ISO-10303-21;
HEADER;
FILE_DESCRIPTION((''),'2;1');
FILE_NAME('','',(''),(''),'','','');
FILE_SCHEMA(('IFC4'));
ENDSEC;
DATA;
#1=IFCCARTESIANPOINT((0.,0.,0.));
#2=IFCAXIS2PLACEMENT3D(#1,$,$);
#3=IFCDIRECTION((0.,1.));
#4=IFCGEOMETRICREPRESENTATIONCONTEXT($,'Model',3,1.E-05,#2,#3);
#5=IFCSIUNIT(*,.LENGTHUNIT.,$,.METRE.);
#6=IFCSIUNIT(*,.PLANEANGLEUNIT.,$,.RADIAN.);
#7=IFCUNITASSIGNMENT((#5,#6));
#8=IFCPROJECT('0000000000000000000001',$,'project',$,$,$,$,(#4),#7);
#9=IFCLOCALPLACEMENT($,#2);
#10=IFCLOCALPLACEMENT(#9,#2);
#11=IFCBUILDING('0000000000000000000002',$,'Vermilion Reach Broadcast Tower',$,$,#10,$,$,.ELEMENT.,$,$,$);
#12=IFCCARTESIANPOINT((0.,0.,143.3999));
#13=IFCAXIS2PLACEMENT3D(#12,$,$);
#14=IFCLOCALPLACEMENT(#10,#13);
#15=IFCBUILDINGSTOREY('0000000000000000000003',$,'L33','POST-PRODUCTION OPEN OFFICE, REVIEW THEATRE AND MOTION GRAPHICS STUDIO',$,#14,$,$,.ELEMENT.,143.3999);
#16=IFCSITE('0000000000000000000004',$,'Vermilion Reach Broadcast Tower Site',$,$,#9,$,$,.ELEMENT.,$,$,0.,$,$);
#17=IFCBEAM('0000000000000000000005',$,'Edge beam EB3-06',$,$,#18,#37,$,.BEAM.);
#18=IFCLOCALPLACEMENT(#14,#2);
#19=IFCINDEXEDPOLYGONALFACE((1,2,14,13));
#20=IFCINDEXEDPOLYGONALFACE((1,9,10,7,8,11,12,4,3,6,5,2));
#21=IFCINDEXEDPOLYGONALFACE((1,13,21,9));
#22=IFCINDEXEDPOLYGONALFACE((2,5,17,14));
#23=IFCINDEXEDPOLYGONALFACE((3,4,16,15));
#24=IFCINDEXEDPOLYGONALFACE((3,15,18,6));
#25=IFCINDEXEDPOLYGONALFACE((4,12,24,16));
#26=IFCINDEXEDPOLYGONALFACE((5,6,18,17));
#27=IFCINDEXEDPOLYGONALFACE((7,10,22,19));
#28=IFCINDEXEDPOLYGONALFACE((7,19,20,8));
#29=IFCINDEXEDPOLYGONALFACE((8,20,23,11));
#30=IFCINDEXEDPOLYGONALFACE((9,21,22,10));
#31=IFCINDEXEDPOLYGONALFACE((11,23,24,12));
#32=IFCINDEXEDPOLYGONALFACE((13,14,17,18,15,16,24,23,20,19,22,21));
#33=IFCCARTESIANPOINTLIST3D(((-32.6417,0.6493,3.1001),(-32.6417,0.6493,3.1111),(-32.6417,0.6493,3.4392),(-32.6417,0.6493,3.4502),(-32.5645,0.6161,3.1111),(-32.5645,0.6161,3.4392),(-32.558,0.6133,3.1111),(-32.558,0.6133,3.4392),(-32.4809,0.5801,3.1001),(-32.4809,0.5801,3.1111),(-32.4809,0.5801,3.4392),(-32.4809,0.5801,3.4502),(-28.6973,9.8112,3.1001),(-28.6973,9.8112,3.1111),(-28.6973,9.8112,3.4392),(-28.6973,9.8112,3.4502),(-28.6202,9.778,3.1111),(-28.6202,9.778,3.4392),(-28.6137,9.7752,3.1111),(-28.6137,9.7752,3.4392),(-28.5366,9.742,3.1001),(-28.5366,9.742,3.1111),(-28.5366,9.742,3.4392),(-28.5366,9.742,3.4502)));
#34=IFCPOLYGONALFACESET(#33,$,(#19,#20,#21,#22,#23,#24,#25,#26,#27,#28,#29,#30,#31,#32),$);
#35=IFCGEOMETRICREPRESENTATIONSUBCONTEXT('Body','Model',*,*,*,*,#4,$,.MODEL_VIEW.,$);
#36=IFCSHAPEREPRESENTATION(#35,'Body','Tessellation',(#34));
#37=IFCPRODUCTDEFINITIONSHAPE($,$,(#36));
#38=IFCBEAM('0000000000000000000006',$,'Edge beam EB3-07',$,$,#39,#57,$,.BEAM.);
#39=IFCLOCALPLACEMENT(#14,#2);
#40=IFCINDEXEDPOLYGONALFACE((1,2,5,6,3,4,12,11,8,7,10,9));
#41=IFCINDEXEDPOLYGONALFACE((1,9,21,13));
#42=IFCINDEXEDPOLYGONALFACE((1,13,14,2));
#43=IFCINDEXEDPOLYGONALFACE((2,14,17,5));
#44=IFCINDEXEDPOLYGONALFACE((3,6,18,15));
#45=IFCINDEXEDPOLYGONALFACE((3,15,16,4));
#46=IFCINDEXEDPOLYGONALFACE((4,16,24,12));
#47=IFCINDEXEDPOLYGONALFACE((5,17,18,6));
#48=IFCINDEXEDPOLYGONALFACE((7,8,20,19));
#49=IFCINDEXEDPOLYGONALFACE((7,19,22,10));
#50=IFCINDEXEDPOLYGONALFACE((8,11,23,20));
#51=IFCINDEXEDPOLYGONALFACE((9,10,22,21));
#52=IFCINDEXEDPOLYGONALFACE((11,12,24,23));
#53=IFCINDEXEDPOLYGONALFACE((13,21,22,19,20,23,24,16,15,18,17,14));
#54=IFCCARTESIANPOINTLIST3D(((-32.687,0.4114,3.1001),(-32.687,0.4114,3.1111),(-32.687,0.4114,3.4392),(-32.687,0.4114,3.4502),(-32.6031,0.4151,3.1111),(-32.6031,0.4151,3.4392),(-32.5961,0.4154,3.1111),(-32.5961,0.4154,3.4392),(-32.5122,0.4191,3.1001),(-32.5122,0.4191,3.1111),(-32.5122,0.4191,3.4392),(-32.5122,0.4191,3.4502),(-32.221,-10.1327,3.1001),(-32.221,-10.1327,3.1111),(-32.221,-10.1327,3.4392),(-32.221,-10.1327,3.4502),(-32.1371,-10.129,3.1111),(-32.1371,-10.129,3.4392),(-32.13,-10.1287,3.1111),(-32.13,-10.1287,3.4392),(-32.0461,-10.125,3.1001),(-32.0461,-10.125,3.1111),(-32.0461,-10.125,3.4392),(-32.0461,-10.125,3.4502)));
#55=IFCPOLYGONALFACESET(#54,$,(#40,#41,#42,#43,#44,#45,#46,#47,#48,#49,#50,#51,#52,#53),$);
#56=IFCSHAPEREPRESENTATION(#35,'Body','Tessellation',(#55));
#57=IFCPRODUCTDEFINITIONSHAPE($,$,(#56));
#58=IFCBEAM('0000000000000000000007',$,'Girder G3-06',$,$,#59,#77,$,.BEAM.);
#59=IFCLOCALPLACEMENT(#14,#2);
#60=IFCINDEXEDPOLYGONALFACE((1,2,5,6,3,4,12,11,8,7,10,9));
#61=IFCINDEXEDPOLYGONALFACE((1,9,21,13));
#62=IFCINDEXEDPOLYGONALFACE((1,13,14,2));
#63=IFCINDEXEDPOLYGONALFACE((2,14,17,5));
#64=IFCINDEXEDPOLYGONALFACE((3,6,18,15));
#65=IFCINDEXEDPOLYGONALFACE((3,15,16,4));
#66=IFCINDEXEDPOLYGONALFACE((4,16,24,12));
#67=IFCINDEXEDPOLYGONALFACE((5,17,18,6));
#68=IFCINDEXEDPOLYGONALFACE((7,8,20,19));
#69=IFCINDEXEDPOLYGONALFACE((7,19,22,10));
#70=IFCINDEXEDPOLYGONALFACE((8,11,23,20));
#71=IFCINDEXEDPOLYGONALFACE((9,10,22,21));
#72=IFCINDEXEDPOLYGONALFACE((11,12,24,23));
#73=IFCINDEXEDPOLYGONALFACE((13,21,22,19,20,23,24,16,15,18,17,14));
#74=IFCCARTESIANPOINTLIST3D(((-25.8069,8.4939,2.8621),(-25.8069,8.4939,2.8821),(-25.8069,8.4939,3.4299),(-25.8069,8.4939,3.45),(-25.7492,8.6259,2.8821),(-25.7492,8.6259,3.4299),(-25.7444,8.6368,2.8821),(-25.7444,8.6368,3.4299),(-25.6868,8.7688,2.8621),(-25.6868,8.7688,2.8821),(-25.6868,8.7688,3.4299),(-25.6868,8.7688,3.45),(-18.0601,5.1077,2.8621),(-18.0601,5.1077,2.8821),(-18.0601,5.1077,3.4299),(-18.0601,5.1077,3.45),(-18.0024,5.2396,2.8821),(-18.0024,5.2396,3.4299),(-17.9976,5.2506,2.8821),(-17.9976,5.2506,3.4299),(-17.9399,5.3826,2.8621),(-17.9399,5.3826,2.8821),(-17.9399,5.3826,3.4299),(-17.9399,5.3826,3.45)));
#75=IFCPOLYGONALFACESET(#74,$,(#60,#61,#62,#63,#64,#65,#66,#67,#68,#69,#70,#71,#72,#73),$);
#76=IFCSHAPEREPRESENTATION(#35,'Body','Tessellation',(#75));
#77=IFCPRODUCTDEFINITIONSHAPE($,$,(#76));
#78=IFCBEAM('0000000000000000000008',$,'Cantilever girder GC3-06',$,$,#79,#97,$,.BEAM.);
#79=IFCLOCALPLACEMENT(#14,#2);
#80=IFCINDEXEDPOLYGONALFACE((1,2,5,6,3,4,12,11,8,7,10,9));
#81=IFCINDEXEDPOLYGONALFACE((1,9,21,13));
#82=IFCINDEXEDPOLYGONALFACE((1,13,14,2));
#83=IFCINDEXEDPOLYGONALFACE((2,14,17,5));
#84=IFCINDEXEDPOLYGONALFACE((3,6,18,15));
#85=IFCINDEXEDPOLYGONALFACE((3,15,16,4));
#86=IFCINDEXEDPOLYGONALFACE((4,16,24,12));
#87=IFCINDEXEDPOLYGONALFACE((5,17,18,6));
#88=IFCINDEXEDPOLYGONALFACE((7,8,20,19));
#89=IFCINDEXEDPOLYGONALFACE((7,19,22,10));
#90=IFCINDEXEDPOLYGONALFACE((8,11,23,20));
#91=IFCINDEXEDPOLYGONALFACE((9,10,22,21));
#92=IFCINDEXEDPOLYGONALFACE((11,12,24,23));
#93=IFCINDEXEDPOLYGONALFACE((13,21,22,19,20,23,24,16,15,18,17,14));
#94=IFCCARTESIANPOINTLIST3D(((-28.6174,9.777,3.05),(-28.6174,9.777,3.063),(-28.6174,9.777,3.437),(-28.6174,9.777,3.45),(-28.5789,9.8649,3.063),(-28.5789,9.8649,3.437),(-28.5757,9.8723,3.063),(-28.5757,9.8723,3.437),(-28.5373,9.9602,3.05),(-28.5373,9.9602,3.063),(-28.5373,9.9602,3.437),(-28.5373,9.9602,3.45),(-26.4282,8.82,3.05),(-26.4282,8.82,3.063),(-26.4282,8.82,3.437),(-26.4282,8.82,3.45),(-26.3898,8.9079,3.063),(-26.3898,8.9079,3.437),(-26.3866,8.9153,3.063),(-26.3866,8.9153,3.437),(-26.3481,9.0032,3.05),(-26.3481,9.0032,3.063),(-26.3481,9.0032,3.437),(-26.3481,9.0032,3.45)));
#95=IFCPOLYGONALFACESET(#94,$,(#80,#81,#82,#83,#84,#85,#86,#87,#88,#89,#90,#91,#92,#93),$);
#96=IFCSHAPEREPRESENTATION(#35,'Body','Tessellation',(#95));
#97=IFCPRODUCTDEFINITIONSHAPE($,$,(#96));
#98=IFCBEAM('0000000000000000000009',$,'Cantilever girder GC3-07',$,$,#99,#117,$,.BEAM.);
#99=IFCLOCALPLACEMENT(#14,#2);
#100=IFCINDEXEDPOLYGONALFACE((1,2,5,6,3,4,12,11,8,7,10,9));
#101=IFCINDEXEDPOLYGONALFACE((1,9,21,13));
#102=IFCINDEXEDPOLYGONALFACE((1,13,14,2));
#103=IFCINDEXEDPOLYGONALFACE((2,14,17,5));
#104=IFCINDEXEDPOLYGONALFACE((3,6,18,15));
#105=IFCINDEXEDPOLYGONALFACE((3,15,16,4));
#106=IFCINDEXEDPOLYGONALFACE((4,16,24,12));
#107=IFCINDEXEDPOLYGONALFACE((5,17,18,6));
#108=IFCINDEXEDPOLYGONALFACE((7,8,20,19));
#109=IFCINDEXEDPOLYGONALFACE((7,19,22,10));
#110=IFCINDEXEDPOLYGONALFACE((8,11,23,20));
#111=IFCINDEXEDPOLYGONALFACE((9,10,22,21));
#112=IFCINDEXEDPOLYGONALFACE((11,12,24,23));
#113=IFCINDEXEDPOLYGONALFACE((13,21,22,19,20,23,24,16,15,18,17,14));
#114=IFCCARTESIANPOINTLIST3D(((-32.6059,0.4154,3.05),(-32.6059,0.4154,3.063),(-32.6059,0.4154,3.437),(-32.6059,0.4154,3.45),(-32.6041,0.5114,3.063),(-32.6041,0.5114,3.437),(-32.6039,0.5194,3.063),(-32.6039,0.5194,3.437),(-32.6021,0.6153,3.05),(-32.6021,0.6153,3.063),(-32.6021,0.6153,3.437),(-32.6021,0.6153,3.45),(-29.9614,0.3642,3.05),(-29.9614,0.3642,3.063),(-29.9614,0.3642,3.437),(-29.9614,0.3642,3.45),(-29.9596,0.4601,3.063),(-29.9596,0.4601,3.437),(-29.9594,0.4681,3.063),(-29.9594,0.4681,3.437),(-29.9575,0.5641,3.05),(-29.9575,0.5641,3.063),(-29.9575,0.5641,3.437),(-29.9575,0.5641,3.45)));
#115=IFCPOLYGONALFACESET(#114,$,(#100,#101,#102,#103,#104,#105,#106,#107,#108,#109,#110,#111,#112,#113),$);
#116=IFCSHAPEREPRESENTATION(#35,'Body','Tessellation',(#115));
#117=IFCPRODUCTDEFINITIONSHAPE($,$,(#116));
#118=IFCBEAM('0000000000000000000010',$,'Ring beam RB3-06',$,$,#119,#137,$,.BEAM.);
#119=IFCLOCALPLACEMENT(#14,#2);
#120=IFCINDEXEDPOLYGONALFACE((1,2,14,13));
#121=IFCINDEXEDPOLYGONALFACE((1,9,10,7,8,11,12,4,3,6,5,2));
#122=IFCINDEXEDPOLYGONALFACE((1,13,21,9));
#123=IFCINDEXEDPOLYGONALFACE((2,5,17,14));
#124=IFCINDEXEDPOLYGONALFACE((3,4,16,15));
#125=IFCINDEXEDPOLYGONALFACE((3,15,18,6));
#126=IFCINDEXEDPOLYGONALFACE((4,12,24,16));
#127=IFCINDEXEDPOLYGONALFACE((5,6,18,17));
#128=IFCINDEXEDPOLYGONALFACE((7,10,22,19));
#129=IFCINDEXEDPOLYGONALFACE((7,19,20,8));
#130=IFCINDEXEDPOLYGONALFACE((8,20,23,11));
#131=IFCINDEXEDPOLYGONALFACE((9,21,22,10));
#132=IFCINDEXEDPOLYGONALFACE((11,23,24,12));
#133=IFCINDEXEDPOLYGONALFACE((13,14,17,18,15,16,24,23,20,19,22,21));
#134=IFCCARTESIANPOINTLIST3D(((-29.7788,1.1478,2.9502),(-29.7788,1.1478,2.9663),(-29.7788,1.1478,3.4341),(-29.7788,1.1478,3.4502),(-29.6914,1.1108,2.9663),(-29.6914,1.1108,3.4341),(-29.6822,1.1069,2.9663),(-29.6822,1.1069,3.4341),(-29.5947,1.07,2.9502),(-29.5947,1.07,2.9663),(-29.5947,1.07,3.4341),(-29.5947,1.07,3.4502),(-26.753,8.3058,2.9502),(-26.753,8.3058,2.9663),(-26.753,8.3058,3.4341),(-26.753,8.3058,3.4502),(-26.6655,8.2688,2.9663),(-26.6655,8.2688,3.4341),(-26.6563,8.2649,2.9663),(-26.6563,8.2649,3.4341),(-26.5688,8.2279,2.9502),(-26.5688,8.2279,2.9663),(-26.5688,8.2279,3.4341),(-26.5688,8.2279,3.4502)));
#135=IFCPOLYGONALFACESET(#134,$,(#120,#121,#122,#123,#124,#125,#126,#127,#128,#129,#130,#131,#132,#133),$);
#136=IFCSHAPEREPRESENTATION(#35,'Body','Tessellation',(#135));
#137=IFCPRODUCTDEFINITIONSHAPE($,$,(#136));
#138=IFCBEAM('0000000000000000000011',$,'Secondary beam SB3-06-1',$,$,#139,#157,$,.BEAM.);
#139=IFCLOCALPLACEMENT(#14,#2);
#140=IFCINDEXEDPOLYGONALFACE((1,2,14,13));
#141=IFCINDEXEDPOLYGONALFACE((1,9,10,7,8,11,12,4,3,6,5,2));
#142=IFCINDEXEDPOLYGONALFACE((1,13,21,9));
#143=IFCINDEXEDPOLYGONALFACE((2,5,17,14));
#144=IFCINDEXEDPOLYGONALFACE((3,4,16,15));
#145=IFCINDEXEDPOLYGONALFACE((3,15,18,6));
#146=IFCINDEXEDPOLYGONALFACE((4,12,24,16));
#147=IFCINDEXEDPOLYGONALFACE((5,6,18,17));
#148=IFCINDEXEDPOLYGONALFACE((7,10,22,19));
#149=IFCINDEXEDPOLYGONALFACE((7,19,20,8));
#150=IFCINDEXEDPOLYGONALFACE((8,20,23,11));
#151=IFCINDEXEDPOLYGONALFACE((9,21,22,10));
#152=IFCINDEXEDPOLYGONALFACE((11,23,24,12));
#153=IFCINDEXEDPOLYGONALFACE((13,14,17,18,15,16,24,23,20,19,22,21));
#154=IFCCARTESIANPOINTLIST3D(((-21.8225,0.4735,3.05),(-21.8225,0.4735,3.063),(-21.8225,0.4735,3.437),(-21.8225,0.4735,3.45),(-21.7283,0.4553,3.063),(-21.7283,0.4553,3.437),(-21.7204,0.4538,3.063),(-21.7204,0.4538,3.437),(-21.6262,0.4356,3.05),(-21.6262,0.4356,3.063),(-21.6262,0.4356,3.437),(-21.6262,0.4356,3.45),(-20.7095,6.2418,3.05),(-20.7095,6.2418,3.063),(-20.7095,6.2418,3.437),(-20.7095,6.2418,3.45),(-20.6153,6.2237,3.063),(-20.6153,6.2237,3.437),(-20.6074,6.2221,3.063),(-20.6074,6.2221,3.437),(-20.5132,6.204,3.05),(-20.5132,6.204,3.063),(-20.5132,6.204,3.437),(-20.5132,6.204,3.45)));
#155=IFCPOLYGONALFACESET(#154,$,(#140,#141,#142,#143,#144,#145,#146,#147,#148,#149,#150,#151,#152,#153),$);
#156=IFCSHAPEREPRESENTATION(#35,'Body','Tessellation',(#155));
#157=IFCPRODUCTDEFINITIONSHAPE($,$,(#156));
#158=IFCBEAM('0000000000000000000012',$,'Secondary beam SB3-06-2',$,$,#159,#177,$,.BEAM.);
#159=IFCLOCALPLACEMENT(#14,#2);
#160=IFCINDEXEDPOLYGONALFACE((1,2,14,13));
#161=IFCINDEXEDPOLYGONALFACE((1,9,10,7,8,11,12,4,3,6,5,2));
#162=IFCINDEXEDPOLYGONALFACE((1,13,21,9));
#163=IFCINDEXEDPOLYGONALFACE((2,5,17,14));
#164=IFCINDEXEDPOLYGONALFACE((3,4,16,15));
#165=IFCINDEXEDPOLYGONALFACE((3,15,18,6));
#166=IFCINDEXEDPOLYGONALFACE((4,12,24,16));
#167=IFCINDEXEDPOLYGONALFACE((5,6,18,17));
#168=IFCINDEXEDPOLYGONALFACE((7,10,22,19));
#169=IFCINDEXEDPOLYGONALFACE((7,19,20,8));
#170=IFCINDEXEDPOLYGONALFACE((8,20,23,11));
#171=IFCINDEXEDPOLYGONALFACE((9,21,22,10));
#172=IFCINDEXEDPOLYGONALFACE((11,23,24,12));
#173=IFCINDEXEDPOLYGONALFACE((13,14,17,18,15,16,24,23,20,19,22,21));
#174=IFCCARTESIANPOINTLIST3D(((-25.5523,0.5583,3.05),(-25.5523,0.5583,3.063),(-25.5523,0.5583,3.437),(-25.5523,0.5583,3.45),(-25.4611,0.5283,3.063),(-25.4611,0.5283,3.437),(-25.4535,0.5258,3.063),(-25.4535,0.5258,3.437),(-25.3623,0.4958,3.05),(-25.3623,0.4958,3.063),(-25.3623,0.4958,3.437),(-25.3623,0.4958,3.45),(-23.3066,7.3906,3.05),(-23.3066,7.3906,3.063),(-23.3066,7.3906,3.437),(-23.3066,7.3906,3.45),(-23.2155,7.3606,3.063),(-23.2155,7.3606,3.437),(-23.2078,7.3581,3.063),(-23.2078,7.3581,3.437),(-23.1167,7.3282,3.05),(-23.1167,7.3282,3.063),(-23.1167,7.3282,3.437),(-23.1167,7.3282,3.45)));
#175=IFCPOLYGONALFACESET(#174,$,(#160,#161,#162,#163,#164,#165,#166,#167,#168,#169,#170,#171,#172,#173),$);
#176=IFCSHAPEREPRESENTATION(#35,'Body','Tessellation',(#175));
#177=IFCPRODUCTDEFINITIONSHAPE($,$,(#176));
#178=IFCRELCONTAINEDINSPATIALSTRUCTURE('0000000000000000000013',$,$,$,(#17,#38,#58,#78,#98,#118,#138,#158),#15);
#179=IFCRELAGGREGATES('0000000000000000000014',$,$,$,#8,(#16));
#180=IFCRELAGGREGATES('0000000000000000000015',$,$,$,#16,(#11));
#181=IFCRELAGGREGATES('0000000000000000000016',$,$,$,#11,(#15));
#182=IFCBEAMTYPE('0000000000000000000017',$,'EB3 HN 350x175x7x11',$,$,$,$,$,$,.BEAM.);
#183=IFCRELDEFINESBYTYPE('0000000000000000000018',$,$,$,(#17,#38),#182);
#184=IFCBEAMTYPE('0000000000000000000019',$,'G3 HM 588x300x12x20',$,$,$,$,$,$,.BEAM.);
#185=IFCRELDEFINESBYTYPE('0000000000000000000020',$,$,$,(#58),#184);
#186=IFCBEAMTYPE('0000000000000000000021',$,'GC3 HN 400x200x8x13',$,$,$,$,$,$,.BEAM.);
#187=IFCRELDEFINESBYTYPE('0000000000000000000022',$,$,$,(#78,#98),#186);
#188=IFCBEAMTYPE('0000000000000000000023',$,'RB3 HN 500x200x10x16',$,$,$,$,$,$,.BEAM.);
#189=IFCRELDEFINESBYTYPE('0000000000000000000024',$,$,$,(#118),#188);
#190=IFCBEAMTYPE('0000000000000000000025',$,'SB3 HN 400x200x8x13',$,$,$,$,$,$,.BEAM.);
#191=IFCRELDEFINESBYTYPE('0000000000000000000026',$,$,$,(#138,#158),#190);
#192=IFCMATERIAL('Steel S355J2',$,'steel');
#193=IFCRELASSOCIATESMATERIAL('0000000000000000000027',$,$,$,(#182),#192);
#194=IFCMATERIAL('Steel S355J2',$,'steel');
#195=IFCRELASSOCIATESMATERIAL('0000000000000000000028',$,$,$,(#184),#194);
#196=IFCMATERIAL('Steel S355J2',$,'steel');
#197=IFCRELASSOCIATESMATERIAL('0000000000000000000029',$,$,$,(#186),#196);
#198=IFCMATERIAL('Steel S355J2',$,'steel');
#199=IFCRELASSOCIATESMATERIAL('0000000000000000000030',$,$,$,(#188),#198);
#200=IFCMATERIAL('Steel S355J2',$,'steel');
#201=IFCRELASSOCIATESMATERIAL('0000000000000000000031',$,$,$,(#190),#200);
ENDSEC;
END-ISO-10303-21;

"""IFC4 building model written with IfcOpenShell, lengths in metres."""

from ifc_helpers import new_model, si_unit, direction, frame, origin, origin_2d, place, context, subcontext, project, spatial, i_section, extrude, material, material_profile, profile_set, type_object, element, save


model = new_model("IFC4")

# Units and contexts
model_context = context("Model", 3, precision=1e-05, world=origin(), true_north=direction((0.0, 1.0)))
body_context = subcontext(model_context, "Body", "Model", "MODEL_VIEW")
ifc_project = project(units=[si_unit("LENGTHUNIT", "METRE"), si_unit("PLANEANGLEUNIT", "RADIAN")], contexts=[model_context])

# Site, building, storey
site_placement = place(None, origin())
site = spatial("IfcSite", under=ifc_project, at=site_placement, Name="Vermilion Reach Broadcast Tower Site", CompositionType="ELEMENT", RefElevation=0.0)
building_placement = place(site_placement, origin())
building = spatial("IfcBuilding", under=site, at=building_placement, Name="Vermilion Reach Broadcast Tower", CompositionType="ELEMENT")
storey_placement = place(building_placement, frame((0.0, 0.0, 143.3999)))
storey = spatial("IfcBuildingStorey", under=building, at=storey_placement, Name="L33", Description="POST-PRODUCTION OPEN OFFICE, REVIEW THEATRE AND MOTION GRAPHICS STUDIO", CompositionType="ELEMENT", Elevation=143.3999)

# Beams
ifc_material_1 = material(Name="Steel S355J2", Category="steel")
ifc_material_profile_1 = material_profile(ifc_material_1, i_section(OverallWidth=0.175, OverallDepth=0.3501, WebThickness=0.0071, FlangeThickness=0.011, at=origin_2d()), Name="S355J2 HN 350x175x7x11")
ifc_profile_set_1 = profile_set([ifc_material_profile_1], Name="Steel S355J2")
beam_type_1 = type_object("IfcBeamType", Name="EB3 HN 350x175x7x11", PredefinedType="BEAM", material=ifc_profile_set_1)
beam_1_placement = place(storey_placement, frame((-28.6169, 9.7766, 3.2751), z_axis=(-0.395428, -0.918497, 0.0), x_axis=(0.918497, -0.395428, 0.0)))
element("IfcBeam", 1, at=beam_1_placement, inside=storey, type_object=beam_type_1, Name="Edge beam EB3-06", PredefinedType="BEAM", context=body_context, shape_type="SweptSolid", body=[
    extrude(i_section(OverallWidth=0.175, OverallDepth=0.3501, WebThickness=0.0071, FlangeThickness=0.011, at=origin_2d()), origin(), (0.0, 0.0, 1.0), 9.9749),
])
beam_2_placement = place(storey_placement, frame((-32.5996, 0.4153, 3.2751), z_axis=(0.044158, -0.999025, 0.0), x_axis=(0.999025, 0.044158, 0.0)))
element("IfcBeam", 2, at=beam_2_placement, inside=storey, type_object=beam_type_1, Name="Edge beam EB3-07", PredefinedType="BEAM", context=body_context, shape_type="SweptSolid", body=[
    extrude(i_section(OverallWidth=0.175, OverallDepth=0.3501, WebThickness=0.0071, FlangeThickness=0.011, at=origin_2d()), origin(), (0.0, 0.0, 1.0), 10.5544),
])
ifc_material_2 = material(Name="Steel S355J2", Category="steel")
ifc_material_profile_2 = material_profile(ifc_material_2, i_section(OverallWidth=0.3, OverallDepth=0.5879, WebThickness=0.012, FlangeThickness=0.02, at=origin_2d()), Name="S355J2 HM 588x300x12x20")
ifc_profile_set_2 = profile_set([ifc_material_profile_2], Name="Steel S355J2")
beam_type_2 = type_object("IfcBeamType", Name="G3 HM 588x300x12x20", PredefinedType="BEAM", material=ifc_profile_set_2)
beam_3_placement = place(storey_placement, frame((-18.0, 5.2451, 3.156), z_axis=(-0.916288, 0.40052, 0.0), x_axis=(-0.40052, -0.916288, 0.0)))
element("IfcBeam", 3, at=beam_3_placement, inside=storey, type_object=beam_type_2, Name="Girder G3-06", PredefinedType="BEAM", context=body_context, shape_type="SweptSolid", body=[
    extrude(i_section(OverallWidth=0.3, OverallDepth=0.5879, WebThickness=0.012, FlangeThickness=0.02, at=origin_2d()), origin(), (0.0, 0.0, 1.0), 8.4546),
])
ifc_material_3 = material(Name="Steel S355J2", Category="steel")
ifc_material_profile_3 = material_profile(ifc_material_3, i_section(OverallWidth=0.2, OverallDepth=0.3999, WebThickness=0.0081, FlangeThickness=0.0129, at=origin_2d()), Name="S355J2 HN 400x200x8x13")
ifc_profile_set_3 = profile_set([ifc_material_profile_3], Name="Steel S355J2")
beam_type_3 = type_object("IfcBeamType", Name="GC3 HN 400x200x8x13", PredefinedType="BEAM", material=ifc_profile_set_3)
beam_4_placement = place(storey_placement, frame((-26.3882, 8.9116, 3.25), z_axis=(-0.916272, 0.400556, 0.0), x_axis=(-0.400556, -0.916272, 0.0)))
element("IfcBeam", 4, at=beam_4_placement, inside=storey, type_object=beam_type_3, Name="Cantilever girder GC3-06", PredefinedType="BEAM", context=body_context, shape_type="SweptSolid", body=[
    extrude(i_section(OverallWidth=0.2, OverallDepth=0.3999, WebThickness=0.0081, FlangeThickness=0.0129, at=origin_2d()), origin(), (0.0, 0.0, 1.0), 2.3892),
])
beam_5_placement = place(storey_placement, frame((-29.9595, 0.4641, 3.25), z_axis=(-0.999812, 0.019383, 0.0), x_axis=(-0.019383, -0.999812, 0.0)))
element("IfcBeam", 5, at=beam_5_placement, inside=storey, type_object=beam_type_3, Name="Cantilever girder GC3-07", PredefinedType="BEAM", context=body_context, shape_type="SweptSolid", body=[
    extrude(i_section(OverallWidth=0.2, OverallDepth=0.3999, WebThickness=0.0081, FlangeThickness=0.0129, at=origin_2d()), origin(), (0.0, 0.0, 1.0), 2.645),
])
ifc_material_4 = material(Name="Steel S355J2", Category="steel")
ifc_material_profile_4 = material_profile(ifc_material_4, i_section(OverallWidth=0.2, OverallDepth=0.5, WebThickness=0.01, FlangeThickness=0.0161, at=origin_2d()), Name="S355J2 HN 500x200x10x16")
ifc_profile_set_4 = profile_set([ifc_material_profile_4], Name="Steel S355J2")
beam_type_4 = type_object("IfcBeamType", Name="RB3 HN 500x200x10x16", PredefinedType="BEAM", material=ifc_profile_set_4)
beam_6_placement = place(storey_placement, frame((-26.6609, 8.2668, 3.2002), z_axis=(-0.389368, -0.921082, 0.0), x_axis=(0.921082, -0.389368, 0.0)))
element("IfcBeam", 6, at=beam_6_placement, inside=storey, type_object=beam_type_4, Name="Ring beam RB3-06", PredefinedType="BEAM", context=body_context, shape_type="SweptSolid", body=[
    extrude(i_section(OverallWidth=0.2, OverallDepth=0.5, WebThickness=0.01, FlangeThickness=0.0161, at=origin_2d()), origin(), (0.0, 0.0, 1.0), 7.7712),
])
ifc_material_5 = material(Name="Steel S355J2", Category="steel")
ifc_material_profile_5 = material_profile(ifc_material_5, i_section(OverallWidth=0.2, OverallDepth=0.3999, WebThickness=0.0081, FlangeThickness=0.0129, at=origin_2d()), Name="S355J2 HN 400x200x8x13")
ifc_profile_set_5 = profile_set([ifc_material_profile_5], Name="Steel S355J2")
beam_type_5 = type_object("IfcBeamType", Name="SB3 HN 400x200x8x13", PredefinedType="BEAM", material=ifc_profile_set_5)
beam_7_placement = place(storey_placement, frame((-20.6113, 6.2229, 3.25), z_axis=(-0.189462, -0.981888, 0.0), x_axis=(0.981888, -0.189462, 0.0)))
element("IfcBeam", 7, at=beam_7_placement, inside=storey, type_object=beam_type_5, Name="Secondary beam SB3-06-1", PredefinedType="BEAM", context=body_context, shape_type="SweptSolid", body=[
    extrude(i_section(OverallWidth=0.2, OverallDepth=0.3999, WebThickness=0.0081, FlangeThickness=0.0129, at=origin_2d()), origin(), (0.0, 0.0, 1.0), 5.8748),
])
beam_8_placement = place(storey_placement, frame((-23.2117, 7.3594, 3.25), z_axis=(-0.312243, -0.950002, 0.0), x_axis=(0.950002, -0.312243, 0.0)))
element("IfcBeam", 8, at=beam_8_placement, inside=storey, type_object=beam_type_5, Name="Secondary beam SB3-06-2", PredefinedType="BEAM", context=body_context, shape_type="SweptSolid", body=[
    extrude(i_section(OverallWidth=0.2, OverallDepth=0.3999, WebThickness=0.0081, FlangeThickness=0.0129, at=origin_2d()), origin(), (0.0, 0.0, 1.0), 7.1919),
])

save(model, "model.ifc")
